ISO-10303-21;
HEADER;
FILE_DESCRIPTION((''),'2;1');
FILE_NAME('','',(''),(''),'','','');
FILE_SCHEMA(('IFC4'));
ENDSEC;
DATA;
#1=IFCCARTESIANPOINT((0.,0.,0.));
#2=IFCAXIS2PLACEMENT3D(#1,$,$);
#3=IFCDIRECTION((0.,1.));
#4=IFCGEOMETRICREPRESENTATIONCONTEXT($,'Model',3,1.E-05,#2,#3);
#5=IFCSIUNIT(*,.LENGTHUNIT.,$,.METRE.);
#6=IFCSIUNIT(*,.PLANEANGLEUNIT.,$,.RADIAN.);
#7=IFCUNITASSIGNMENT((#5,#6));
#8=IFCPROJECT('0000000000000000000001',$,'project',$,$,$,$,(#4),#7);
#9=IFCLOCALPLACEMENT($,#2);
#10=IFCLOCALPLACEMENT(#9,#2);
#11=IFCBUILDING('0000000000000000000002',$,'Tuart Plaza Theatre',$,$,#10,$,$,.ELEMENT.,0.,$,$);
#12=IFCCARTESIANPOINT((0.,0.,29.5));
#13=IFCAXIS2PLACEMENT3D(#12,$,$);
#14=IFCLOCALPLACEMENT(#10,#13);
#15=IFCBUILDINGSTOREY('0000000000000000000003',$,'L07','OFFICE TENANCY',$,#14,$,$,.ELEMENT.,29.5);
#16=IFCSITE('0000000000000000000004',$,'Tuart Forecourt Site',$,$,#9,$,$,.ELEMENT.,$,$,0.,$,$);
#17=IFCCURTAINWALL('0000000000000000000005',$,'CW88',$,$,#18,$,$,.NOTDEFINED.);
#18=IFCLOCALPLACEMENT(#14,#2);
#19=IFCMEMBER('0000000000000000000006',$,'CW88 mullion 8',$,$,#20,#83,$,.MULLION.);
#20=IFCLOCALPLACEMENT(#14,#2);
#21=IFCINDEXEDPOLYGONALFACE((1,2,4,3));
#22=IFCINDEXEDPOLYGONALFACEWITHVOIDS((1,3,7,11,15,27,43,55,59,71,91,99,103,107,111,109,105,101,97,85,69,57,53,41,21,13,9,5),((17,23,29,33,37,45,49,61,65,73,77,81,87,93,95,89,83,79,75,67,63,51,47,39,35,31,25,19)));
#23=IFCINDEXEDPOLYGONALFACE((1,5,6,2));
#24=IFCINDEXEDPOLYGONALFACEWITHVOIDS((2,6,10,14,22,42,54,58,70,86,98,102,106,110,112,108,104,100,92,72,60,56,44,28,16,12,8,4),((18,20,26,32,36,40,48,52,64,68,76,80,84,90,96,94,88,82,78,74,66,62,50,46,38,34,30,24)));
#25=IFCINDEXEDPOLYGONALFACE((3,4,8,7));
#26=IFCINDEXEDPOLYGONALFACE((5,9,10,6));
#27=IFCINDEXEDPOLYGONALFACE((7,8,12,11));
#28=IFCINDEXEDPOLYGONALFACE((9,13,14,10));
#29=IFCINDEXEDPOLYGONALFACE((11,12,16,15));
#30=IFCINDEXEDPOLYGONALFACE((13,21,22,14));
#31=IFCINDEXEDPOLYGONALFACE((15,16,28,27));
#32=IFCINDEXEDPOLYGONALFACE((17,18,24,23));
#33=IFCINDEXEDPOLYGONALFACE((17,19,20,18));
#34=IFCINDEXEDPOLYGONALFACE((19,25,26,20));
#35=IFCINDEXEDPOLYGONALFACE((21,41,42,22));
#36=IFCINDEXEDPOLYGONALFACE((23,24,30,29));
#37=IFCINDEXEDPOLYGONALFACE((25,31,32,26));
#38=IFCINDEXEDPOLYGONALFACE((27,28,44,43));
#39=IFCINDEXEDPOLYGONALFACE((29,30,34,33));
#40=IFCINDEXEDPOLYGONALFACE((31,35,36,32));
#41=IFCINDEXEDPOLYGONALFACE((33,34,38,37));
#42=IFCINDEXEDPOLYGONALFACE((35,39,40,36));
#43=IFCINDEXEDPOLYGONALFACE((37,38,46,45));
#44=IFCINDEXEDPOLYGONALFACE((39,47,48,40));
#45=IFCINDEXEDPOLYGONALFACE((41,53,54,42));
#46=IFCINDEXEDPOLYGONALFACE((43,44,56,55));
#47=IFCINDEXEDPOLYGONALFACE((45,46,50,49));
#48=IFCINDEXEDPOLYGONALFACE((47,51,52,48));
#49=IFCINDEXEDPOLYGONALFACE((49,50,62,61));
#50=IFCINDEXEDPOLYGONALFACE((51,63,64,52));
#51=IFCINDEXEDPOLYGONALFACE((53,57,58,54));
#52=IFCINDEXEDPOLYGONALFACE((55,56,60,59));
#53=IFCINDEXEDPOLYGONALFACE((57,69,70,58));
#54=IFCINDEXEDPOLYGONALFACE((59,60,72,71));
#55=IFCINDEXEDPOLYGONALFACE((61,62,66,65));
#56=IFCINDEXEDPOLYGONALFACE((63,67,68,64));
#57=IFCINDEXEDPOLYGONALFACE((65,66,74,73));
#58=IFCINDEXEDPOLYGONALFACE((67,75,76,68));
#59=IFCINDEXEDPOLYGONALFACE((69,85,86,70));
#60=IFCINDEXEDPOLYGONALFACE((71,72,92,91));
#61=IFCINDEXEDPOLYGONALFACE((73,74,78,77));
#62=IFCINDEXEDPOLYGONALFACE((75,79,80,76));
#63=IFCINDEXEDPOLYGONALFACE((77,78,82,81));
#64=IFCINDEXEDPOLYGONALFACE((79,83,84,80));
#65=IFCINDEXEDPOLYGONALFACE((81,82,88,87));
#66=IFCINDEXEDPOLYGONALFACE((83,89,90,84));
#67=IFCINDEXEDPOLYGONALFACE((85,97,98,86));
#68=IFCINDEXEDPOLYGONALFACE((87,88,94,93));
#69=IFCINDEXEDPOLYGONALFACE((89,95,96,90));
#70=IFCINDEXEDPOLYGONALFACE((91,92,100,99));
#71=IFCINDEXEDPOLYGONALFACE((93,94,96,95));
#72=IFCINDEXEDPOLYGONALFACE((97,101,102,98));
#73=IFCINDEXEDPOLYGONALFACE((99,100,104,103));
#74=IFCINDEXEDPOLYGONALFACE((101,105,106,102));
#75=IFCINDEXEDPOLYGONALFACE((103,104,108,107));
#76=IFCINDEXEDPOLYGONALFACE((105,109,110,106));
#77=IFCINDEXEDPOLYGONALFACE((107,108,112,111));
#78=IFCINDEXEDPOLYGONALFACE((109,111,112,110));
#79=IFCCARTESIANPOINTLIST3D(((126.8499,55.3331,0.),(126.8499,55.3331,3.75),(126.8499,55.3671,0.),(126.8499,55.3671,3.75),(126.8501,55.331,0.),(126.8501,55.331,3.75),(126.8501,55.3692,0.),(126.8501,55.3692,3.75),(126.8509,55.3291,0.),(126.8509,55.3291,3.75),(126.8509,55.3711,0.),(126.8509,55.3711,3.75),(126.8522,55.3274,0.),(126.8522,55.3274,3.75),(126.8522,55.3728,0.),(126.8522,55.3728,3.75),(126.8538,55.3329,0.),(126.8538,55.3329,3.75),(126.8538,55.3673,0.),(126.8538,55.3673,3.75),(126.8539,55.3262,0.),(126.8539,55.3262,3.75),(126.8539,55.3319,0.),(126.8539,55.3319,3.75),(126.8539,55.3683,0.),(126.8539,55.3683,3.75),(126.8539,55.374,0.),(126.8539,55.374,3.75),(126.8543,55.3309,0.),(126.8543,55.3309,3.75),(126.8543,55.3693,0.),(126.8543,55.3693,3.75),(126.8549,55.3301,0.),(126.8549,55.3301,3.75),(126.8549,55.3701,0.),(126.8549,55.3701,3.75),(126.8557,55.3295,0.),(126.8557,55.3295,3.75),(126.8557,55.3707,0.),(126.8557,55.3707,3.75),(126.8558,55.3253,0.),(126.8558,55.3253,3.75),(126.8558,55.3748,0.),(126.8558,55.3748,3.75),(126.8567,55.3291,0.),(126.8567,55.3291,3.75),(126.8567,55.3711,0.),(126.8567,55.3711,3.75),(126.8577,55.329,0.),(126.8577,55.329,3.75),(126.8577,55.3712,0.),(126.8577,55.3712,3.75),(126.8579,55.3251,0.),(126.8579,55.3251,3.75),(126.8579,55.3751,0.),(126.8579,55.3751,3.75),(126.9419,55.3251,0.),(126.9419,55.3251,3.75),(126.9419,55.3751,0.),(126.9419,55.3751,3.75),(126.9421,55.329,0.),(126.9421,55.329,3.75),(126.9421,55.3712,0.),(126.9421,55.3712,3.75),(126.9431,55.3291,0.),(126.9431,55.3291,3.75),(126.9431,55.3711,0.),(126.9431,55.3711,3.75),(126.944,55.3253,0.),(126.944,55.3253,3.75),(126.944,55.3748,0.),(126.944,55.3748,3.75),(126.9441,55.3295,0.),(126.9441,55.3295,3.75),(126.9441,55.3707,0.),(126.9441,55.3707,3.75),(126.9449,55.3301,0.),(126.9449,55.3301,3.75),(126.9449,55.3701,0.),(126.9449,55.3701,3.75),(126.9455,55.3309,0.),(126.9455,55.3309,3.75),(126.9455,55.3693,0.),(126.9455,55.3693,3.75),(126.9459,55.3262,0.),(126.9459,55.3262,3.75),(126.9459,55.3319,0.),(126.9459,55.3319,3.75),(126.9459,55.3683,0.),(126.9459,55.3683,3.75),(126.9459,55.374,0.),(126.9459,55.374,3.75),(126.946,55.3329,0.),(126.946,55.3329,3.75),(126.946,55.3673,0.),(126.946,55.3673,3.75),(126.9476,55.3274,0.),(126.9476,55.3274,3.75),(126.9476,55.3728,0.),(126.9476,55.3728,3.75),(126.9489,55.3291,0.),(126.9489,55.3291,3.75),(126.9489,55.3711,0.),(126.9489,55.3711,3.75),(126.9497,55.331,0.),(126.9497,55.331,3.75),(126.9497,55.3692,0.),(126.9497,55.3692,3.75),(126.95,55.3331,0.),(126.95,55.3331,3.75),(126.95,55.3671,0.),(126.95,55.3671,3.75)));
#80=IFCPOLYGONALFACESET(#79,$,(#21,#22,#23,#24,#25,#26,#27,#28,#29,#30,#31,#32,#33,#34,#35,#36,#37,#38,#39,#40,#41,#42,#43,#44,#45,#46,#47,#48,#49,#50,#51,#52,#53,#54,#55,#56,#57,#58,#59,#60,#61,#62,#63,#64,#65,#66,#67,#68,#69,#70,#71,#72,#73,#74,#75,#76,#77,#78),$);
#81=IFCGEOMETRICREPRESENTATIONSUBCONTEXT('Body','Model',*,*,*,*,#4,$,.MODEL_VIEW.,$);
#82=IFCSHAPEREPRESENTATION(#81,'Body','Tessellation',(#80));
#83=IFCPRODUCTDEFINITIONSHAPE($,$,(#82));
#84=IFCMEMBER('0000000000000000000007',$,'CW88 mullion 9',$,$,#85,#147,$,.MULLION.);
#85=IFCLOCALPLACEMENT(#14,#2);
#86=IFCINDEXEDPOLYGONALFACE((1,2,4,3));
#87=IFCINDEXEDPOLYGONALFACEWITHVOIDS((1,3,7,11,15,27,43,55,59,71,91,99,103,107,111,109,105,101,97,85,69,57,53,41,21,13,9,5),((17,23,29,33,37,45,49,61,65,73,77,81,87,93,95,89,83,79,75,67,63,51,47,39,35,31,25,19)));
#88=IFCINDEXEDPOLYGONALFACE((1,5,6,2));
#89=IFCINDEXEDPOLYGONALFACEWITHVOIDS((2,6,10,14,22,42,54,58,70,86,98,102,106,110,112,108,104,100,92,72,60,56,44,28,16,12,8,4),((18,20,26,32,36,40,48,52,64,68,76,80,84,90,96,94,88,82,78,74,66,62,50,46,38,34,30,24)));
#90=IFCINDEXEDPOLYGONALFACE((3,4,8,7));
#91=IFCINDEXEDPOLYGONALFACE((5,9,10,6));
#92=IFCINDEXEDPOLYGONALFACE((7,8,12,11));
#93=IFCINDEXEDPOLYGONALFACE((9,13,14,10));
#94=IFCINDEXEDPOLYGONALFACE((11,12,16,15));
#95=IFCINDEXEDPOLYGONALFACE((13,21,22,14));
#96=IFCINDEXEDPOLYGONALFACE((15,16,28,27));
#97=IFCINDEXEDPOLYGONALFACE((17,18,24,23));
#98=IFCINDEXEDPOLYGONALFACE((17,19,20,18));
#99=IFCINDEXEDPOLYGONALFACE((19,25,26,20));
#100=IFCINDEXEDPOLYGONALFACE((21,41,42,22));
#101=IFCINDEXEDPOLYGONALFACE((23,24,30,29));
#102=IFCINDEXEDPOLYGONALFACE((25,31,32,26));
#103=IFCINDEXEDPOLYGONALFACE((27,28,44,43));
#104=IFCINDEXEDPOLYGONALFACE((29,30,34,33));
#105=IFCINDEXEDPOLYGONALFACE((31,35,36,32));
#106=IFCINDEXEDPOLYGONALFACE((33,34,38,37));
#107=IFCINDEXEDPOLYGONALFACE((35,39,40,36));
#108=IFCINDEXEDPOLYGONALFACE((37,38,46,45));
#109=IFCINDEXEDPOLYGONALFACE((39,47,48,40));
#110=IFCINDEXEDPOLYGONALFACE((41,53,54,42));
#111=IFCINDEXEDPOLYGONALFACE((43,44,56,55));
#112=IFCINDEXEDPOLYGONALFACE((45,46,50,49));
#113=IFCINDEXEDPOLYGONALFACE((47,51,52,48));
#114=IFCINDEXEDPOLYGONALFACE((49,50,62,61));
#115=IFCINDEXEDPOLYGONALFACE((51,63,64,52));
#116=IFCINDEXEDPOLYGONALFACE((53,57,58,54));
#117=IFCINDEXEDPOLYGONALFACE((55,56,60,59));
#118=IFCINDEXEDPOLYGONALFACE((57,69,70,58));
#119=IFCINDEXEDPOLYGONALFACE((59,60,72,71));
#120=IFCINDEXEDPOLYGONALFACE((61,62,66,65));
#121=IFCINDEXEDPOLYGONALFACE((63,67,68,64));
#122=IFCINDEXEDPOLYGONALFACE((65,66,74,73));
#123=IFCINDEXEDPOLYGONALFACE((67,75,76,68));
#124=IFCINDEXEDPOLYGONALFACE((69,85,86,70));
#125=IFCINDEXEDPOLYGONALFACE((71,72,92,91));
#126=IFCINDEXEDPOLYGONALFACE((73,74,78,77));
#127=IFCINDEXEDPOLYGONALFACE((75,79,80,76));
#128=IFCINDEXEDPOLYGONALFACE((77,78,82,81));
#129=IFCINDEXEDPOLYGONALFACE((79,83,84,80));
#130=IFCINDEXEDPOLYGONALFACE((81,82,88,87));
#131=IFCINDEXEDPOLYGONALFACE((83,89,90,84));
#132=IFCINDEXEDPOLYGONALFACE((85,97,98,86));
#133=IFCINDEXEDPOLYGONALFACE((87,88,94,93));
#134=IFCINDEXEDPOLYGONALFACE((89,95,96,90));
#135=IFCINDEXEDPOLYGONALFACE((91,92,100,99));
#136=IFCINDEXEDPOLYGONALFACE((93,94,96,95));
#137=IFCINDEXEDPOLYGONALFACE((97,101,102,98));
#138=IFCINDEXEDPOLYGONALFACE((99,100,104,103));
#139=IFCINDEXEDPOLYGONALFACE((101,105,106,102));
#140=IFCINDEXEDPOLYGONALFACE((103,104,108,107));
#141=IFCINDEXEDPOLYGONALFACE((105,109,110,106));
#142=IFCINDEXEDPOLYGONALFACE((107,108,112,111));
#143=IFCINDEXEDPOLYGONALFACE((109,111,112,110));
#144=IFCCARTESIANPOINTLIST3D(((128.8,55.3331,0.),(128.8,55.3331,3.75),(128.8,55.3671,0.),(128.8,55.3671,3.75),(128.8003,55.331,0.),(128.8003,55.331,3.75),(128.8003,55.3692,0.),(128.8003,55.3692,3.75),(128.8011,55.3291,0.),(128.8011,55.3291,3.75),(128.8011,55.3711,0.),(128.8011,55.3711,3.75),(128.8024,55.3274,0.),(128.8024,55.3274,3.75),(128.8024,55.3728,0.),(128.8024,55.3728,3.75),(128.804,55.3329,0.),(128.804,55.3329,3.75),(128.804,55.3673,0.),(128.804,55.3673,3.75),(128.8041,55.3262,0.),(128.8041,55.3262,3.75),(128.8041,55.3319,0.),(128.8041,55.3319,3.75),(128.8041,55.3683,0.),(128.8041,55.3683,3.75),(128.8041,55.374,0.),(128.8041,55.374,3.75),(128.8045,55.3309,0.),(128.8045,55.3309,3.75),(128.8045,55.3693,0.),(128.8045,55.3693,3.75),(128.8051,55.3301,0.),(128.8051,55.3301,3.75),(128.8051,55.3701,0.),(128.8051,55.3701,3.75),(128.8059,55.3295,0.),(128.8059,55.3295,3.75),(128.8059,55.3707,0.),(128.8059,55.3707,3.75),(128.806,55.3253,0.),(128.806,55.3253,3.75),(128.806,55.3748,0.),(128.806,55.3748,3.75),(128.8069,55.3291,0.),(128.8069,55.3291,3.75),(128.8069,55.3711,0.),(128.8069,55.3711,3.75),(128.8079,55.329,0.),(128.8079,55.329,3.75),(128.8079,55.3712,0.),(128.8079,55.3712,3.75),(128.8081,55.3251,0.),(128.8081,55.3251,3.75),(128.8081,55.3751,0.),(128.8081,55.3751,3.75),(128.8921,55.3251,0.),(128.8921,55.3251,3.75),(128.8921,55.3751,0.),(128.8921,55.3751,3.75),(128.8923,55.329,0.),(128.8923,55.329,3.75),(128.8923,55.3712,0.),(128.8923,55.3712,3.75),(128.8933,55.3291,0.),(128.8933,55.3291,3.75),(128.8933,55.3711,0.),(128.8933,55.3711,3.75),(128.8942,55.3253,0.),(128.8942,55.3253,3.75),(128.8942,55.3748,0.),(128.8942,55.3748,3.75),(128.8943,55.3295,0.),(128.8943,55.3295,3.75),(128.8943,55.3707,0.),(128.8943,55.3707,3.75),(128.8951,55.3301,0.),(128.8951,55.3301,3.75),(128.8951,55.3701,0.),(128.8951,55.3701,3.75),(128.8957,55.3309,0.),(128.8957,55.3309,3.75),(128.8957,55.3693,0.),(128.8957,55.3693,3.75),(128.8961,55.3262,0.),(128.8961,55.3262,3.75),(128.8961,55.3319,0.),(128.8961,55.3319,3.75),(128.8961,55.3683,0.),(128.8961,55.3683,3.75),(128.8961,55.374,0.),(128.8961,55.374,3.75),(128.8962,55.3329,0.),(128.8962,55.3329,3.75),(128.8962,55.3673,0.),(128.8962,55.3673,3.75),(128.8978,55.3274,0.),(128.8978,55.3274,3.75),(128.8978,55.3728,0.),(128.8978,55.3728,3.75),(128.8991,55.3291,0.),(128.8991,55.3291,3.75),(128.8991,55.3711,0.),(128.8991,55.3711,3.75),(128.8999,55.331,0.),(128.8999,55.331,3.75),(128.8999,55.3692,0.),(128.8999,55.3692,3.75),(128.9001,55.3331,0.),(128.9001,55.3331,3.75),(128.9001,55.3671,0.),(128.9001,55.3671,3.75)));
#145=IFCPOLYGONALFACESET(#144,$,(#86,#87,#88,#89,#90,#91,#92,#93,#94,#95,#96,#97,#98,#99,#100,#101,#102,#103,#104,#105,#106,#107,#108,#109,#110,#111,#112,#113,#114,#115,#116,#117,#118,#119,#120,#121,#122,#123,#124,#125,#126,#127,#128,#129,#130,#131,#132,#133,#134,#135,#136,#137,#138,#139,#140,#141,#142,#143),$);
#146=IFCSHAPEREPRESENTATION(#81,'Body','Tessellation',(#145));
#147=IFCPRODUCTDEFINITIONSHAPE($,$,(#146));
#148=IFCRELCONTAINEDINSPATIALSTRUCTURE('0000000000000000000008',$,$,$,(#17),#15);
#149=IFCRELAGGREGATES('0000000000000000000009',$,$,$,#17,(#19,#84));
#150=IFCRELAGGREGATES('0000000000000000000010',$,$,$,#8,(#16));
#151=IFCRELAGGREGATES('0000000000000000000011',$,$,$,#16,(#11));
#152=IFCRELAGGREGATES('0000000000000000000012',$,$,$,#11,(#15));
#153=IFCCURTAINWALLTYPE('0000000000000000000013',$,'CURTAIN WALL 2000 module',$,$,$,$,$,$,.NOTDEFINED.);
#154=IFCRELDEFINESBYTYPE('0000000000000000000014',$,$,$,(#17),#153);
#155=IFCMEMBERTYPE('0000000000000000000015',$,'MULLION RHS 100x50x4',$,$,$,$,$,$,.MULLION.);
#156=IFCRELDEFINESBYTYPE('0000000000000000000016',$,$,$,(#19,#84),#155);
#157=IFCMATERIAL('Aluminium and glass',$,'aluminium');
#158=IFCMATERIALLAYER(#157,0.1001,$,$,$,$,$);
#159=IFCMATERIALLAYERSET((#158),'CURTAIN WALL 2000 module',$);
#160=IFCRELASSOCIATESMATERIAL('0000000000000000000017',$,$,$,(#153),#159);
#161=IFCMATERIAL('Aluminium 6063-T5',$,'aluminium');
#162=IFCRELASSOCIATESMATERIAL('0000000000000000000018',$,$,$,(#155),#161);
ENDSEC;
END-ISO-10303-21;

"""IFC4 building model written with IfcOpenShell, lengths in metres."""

from ifc_helpers import new_model, si_unit, direction, frame, origin, origin_2d, place, context, subcontext, project, spatial, hollow_rectangle, extrude, material, layer, layer_set, material_profile, profile_set, type_object, element, aggregate, save


model = new_model("IFC4")

# Units and contexts
model_context = context("Model", 3, precision=1e-05, world=origin(), true_north=direction((0.0, 1.0)))
body_context = subcontext(model_context, "Body", "Model", "MODEL_VIEW")
ifc_project = project(units=[si_unit("LENGTHUNIT", "METRE"), si_unit("PLANEANGLEUNIT", "RADIAN")], contexts=[model_context])

# Site, building, storey
site_placement = place(None, origin())
site = spatial("IfcSite", under=ifc_project, at=site_placement, Name="Tuart Forecourt Site", CompositionType="ELEMENT", RefElevation=0.0)
building_placement = place(site_placement, origin())
building = spatial("IfcBuilding", under=site, at=building_placement, Name="Tuart Plaza Theatre", CompositionType="ELEMENT", ElevationOfRefHeight=0.0)
storey_placement = place(building_placement, frame((0.0, 0.0, 29.5)))
storey = spatial("IfcBuildingStorey", under=building, at=storey_placement, Name="L07", Description="OFFICE TENANCY", CompositionType="ELEMENT", Elevation=29.5)

# Curtain wall, members
ifc_material_1 = material(Name="Aluminium and glass", Category="aluminium")
ifc_layer_1 = layer(ifc_material_1, 0.1001)
ifc_layer_set_1 = layer_set([ifc_layer_1], Name="CURTAIN WALL 2000 module")
curtain_wall_type = type_object("IfcCurtainWallType", Name="CURTAIN WALL 2000 module", PredefinedType="NOTDEFINED", material=ifc_layer_set_1)
curtain_wall_placement = place(storey_placement, origin())
curtain_wall = element("IfcCurtainWall", 1, at=curtain_wall_placement, inside=storey, type_object=curtain_wall_type, Name="CW88", PredefinedType="NOTDEFINED")
ifc_material_2 = material(Name="Aluminium 6063-T5", Category="aluminium")
ifc_material_profile_1 = material_profile(ifc_material_2, hollow_rectangle(XDim=0.05, YDim=0.1001, WallThickness=0.0039, InnerFilletRadius=0.0039, OuterFilletRadius=0.0081, at=origin_2d()), Name="RHS 100x50x4")
ifc_profile_set_1 = profile_set([ifc_material_profile_1], Name="Aluminium 6063-T5")
member_type_1 = type_object("IfcMemberType", Name="MULLION RHS 100x50x4", PredefinedType="MULLION", material=ifc_profile_set_1)
member_1_placement = place(storey_placement, frame((126.8999, 55.3501, 0.0), z_axis=(0.0, 0.0, 1.0), x_axis=(0.0, 1.0, 0.0)))
member_1 = element("IfcMember", 2, at=member_1_placement, type_object=member_type_1, Name="CW88 mullion 8", PredefinedType="MULLION", context=body_context, shape_type="SweptSolid", body=[
    extrude(hollow_rectangle(XDim=0.05, YDim=0.1001, WallThickness=0.0039, InnerFilletRadius=0.0039, OuterFilletRadius=0.0081, at=origin_2d()), origin(), (0.0, 0.0, 1.0), 3.75),
])
member_2_placement = place(storey_placement, frame((128.8501, 55.3501, 0.0), z_axis=(0.0, 0.0, 1.0), x_axis=(0.0, 1.0, 0.0)))
member_2 = element("IfcMember", 3, at=member_2_placement, type_object=member_type_1, Name="CW88 mullion 9", PredefinedType="MULLION", context=body_context, shape_type="SweptSolid", body=[
    extrude(hollow_rectangle(XDim=0.05, YDim=0.1001, WallThickness=0.0039, InnerFilletRadius=0.0039, OuterFilletRadius=0.0081, at=origin_2d()), origin(), (0.0, 0.0, 1.0), 3.75),
])
aggregate(curtain_wall, [member_1, member_2])

save(model, "model.ifc")
